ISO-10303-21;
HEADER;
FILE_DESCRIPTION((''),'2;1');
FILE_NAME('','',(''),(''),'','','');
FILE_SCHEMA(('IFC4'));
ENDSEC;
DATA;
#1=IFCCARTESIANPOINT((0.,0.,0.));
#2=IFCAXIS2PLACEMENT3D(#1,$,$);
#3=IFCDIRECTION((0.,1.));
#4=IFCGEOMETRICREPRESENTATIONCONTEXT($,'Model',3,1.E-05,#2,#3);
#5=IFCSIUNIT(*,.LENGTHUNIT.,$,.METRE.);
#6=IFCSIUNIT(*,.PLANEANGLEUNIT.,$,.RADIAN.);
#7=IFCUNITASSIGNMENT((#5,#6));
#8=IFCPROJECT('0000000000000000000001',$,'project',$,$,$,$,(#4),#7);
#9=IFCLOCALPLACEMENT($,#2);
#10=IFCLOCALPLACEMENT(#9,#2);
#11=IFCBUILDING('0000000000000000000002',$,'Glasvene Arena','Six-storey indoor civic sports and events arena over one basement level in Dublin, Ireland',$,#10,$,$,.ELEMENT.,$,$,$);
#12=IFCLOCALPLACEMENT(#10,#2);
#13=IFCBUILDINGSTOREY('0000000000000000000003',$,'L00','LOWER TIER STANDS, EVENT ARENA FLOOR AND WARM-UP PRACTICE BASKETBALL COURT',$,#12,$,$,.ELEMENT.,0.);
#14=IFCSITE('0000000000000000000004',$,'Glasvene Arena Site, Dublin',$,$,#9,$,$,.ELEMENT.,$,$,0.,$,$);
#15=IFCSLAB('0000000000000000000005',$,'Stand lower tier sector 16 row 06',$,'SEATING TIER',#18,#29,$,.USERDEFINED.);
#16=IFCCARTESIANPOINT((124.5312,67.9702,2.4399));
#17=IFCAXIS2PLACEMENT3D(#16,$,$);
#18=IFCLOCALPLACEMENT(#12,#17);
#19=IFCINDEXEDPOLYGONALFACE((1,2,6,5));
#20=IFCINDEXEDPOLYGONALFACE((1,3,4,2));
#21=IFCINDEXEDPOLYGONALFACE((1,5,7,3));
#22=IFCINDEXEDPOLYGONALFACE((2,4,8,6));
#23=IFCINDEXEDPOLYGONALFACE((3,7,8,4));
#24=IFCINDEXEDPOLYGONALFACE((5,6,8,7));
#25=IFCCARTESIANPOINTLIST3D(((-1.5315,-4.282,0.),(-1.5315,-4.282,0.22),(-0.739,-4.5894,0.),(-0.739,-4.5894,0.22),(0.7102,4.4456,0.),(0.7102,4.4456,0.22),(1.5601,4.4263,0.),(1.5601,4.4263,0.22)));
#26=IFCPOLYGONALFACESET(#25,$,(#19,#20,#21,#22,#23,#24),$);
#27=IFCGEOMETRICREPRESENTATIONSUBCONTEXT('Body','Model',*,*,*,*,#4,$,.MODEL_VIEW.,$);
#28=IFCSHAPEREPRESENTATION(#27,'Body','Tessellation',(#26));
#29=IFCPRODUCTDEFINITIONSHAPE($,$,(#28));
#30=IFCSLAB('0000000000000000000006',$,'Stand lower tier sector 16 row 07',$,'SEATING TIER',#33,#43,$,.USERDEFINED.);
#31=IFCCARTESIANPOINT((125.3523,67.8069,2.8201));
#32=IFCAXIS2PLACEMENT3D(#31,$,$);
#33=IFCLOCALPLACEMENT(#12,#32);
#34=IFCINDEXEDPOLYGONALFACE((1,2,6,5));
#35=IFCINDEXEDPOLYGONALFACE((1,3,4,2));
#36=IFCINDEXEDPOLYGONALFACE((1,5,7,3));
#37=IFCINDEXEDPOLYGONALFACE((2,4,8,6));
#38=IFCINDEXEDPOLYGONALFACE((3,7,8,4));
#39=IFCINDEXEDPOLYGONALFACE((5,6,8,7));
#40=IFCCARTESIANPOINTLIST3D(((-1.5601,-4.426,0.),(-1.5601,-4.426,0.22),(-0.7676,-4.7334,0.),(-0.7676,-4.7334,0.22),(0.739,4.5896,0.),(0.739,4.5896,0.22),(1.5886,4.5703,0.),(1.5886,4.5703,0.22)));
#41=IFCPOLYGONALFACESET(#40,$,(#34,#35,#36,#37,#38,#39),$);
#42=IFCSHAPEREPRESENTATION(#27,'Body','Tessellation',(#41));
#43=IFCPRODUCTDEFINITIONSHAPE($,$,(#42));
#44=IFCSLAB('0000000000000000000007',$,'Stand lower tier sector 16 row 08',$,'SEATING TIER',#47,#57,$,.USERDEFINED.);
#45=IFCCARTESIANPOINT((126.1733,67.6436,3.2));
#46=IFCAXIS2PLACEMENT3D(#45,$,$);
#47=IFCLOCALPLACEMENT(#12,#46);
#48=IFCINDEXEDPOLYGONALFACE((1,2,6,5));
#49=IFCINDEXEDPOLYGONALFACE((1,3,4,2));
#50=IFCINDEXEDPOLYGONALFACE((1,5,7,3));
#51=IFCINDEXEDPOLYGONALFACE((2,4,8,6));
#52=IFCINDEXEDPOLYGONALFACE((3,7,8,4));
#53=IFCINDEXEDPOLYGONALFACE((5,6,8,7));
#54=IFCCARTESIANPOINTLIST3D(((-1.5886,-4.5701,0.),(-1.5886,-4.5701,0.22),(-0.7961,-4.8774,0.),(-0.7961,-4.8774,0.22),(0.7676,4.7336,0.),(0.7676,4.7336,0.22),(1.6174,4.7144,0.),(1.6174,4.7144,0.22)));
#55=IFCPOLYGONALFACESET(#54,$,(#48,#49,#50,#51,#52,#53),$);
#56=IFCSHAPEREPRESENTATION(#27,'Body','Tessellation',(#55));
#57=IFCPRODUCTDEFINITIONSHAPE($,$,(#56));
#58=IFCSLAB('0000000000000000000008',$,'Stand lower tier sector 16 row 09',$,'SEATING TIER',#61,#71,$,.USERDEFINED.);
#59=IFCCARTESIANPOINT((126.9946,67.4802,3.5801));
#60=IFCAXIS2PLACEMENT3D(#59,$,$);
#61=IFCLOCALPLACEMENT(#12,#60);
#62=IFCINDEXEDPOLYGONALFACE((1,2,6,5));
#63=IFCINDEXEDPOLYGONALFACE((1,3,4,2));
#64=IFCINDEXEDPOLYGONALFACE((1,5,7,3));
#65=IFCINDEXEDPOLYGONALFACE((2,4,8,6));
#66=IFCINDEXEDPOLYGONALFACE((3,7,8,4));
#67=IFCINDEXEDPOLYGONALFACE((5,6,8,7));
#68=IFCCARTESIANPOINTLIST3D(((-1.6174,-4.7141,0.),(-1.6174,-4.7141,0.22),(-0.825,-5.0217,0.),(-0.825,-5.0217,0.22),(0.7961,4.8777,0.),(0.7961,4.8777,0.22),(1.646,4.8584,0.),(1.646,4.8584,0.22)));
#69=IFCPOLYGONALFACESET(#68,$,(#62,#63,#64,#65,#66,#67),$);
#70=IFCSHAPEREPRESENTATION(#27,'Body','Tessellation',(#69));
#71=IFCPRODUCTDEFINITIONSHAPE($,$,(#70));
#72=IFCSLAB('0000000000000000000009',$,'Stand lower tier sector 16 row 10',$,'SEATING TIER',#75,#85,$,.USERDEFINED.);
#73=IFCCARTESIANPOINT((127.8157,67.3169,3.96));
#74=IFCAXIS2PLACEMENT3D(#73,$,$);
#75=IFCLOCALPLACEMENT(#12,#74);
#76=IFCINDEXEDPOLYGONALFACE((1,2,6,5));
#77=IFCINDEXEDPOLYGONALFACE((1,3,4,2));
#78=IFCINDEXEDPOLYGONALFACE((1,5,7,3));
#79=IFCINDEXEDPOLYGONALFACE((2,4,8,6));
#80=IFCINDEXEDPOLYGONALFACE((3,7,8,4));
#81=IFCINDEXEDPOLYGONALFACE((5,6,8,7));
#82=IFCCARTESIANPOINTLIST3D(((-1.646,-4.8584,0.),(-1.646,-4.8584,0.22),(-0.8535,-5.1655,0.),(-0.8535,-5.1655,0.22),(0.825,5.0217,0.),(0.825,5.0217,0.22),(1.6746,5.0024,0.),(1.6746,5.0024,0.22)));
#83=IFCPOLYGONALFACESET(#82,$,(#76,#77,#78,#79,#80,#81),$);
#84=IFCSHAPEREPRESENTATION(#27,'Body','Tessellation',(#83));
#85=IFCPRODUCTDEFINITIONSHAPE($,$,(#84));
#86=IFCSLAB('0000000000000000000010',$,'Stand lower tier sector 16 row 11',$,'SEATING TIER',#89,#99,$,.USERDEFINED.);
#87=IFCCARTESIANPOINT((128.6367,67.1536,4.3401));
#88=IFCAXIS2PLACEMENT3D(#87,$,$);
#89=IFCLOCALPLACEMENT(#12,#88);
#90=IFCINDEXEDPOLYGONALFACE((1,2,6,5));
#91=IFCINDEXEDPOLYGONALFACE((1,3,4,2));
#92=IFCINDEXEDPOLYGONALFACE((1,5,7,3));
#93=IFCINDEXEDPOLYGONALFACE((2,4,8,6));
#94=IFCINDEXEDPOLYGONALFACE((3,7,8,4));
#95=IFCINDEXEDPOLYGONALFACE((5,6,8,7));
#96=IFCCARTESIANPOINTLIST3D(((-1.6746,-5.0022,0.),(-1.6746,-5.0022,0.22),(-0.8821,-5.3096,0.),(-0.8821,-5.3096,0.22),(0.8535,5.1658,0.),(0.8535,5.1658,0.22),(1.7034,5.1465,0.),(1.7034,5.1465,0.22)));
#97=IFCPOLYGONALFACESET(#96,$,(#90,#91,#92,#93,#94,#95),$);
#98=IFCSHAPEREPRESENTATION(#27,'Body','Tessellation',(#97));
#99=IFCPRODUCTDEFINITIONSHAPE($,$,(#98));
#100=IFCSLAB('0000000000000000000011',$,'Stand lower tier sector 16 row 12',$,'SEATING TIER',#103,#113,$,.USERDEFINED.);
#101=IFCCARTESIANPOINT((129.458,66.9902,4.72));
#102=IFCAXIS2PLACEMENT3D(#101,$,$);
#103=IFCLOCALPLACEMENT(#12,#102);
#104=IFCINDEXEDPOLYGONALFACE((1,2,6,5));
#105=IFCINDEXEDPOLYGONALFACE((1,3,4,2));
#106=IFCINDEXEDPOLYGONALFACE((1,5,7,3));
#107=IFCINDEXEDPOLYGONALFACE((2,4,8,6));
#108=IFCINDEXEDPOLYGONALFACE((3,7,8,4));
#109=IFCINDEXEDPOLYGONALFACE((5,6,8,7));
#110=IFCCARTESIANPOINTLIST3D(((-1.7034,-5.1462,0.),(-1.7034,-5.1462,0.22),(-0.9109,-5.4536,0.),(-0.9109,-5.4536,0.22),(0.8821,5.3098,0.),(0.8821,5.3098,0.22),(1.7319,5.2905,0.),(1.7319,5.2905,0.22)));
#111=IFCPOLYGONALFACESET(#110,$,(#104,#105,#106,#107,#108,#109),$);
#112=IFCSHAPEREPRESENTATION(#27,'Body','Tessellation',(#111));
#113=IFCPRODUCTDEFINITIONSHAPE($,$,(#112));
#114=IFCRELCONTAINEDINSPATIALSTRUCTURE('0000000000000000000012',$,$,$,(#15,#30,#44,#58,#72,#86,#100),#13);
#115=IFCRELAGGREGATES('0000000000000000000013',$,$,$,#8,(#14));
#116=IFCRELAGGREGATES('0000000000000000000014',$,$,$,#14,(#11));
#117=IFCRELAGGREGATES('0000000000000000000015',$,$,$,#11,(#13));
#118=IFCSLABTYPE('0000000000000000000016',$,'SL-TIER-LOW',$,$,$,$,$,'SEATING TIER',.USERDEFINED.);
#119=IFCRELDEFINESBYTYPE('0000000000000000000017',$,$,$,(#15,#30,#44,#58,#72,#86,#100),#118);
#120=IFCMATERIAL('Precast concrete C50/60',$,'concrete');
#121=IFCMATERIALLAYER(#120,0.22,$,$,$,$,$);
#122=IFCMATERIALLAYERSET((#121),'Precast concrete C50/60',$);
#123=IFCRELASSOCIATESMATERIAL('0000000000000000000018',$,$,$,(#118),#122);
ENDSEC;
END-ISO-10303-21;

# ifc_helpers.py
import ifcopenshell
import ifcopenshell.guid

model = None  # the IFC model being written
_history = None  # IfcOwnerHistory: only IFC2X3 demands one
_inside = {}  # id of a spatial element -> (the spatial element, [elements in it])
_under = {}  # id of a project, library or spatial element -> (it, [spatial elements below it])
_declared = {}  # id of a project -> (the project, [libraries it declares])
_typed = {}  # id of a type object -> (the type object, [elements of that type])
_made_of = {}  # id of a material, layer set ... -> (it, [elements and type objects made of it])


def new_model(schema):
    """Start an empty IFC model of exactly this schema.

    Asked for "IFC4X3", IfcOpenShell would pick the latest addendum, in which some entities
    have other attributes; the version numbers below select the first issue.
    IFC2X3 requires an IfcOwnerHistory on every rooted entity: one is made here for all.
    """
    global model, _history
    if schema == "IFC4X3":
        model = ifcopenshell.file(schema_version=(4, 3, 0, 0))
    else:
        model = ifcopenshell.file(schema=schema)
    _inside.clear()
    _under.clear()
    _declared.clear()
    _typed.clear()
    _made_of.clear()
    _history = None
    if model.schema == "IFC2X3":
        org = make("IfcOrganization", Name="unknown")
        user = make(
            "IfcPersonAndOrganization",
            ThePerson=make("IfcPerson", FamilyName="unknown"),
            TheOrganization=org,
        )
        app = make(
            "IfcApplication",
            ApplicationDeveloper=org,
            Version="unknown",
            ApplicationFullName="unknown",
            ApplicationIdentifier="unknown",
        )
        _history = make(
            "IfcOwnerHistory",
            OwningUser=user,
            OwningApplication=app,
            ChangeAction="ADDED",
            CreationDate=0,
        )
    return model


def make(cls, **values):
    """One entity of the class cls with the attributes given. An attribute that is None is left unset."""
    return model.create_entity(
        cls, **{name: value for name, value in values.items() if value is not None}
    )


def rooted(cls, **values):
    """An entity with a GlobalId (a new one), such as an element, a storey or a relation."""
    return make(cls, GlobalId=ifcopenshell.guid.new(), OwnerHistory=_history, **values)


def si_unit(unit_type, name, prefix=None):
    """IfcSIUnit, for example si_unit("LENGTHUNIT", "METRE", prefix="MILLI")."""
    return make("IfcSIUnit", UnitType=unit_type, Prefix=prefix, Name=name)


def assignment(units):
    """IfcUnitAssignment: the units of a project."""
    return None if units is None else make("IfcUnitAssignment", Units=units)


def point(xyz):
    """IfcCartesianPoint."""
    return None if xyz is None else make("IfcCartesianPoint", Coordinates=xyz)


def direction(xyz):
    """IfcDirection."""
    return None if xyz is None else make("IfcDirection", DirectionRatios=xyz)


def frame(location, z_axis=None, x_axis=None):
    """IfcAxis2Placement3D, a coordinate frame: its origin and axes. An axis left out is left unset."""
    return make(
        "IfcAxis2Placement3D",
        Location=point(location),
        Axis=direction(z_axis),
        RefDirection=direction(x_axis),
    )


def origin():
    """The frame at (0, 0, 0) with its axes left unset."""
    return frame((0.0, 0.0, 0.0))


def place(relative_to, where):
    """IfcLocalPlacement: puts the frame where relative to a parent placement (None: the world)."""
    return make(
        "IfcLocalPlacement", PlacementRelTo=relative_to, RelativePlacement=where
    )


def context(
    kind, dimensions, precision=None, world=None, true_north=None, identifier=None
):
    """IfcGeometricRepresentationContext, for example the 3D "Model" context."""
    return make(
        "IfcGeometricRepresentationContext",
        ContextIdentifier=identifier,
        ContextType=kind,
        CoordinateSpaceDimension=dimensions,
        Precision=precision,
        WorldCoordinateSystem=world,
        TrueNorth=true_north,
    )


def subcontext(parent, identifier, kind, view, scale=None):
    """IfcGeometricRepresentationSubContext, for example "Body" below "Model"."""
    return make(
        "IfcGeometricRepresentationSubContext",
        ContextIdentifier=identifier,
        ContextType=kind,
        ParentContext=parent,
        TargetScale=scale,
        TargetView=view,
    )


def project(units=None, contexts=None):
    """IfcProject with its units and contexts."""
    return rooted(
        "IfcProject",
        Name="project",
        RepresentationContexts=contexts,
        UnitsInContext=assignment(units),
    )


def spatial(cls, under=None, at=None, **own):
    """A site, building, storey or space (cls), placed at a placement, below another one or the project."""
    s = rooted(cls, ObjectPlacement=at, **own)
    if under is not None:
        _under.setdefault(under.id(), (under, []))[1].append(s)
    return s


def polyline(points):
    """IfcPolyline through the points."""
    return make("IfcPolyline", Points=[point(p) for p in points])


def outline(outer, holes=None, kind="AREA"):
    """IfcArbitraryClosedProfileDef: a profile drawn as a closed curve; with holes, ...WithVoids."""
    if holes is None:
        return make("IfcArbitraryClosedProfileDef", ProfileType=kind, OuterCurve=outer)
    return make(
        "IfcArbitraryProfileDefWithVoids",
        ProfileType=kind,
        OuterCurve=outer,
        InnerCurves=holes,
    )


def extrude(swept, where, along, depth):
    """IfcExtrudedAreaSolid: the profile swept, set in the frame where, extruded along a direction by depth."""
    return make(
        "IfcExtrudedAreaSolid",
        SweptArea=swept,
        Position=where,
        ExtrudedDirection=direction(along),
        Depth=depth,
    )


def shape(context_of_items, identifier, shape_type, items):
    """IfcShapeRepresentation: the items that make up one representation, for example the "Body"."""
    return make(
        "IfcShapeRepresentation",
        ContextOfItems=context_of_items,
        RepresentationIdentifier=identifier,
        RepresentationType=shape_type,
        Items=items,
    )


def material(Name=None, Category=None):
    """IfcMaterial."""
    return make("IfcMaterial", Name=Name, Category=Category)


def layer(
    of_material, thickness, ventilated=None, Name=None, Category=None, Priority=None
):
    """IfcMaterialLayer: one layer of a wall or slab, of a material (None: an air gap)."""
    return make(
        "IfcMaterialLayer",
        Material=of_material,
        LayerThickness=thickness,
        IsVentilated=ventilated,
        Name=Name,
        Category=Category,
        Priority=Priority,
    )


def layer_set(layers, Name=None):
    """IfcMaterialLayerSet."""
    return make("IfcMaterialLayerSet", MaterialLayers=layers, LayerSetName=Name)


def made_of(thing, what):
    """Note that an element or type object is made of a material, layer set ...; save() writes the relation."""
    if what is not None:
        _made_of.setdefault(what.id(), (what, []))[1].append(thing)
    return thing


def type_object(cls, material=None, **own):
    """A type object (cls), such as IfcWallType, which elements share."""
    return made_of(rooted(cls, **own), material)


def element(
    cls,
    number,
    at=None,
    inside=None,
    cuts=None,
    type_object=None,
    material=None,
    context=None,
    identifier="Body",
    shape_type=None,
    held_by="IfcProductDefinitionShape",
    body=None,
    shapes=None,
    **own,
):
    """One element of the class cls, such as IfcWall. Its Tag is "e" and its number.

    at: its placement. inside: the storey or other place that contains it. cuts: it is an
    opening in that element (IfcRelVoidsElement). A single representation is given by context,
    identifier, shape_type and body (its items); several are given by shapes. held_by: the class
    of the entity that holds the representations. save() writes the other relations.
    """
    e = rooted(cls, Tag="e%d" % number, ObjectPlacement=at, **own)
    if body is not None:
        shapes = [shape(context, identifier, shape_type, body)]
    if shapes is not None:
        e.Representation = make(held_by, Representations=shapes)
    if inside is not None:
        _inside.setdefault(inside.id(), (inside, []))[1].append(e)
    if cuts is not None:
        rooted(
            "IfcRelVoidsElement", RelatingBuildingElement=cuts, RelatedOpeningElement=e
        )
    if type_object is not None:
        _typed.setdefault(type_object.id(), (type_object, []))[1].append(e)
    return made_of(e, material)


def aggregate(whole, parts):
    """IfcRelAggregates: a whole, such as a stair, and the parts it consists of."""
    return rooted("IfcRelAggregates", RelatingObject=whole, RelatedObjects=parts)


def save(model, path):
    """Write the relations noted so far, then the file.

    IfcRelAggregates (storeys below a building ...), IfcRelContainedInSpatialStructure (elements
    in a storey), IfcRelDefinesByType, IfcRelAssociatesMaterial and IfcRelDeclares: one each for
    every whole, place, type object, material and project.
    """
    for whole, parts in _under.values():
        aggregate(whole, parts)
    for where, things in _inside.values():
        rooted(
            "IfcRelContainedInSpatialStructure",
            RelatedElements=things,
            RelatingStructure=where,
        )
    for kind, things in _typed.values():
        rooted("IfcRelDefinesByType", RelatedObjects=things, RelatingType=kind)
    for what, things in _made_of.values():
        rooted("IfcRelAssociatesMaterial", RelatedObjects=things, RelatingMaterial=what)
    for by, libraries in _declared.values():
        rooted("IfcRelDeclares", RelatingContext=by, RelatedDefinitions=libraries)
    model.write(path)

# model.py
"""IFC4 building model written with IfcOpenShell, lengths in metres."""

from ifc_helpers import new_model, si_unit, direction, frame, origin, place, context, subcontext, project, spatial, polyline, outline, extrude, material, layer, layer_set, type_object, element, save


model = new_model("IFC4")

# Units and contexts
model_context = context("Model", 3, precision=1e-05, world=origin(), true_north=direction((0.0, 1.0)))
body_context = subcontext(model_context, "Body", "Model", "MODEL_VIEW")
ifc_project = project(units=[si_unit("LENGTHUNIT", "METRE"), si_unit("PLANEANGLEUNIT", "RADIAN")], contexts=[model_context])

# Site, building, storey
site_placement = place(None, origin())
site = spatial("IfcSite", under=ifc_project, at=site_placement, Name="Glasvene Arena Site, Dublin", CompositionType="ELEMENT", RefElevation=0.0)
building_placement = place(site_placement, origin())
building = spatial("IfcBuilding", under=site, at=building_placement, Name="Glasvene Arena", Description="Six-storey indoor civic sports and events arena over one basement level in Dublin, Ireland", CompositionType="ELEMENT")
storey_placement = place(building_placement, origin())
storey = spatial("IfcBuildingStorey", under=building, at=storey_placement, Name="L00", Description="LOWER TIER STANDS, EVENT ARENA FLOOR AND WARM-UP PRACTICE BASKETBALL COURT", CompositionType="ELEMENT", Elevation=0.0)

# Shared definitions
ifc_material_1 = material(Name="Precast concrete C50/60", Category="concrete")

# Slabs
ifc_layer = layer(ifc_material_1, 0.22)
ifc_layer_set = layer_set([ifc_layer], Name="Precast concrete C50/60")
slab_type = type_object("IfcSlabType", Name="SL-TIER-LOW", ElementType="SEATING TIER", PredefinedType="USERDEFINED", material=ifc_layer_set)
slab_1_placement = place(storey_placement, frame((124.5312, 67.9702, 2.4399)))
element("IfcSlab", 1, at=slab_1_placement, inside=storey, type_object=slab_type, Name="Stand lower tier sector 16 row 06", ObjectType="SEATING TIER", PredefinedType="USERDEFINED", context=body_context, shape_type="SweptSolid", body=[
    extrude(outline(polyline([(-1.5315, -4.282), (0.7102, 4.4456), (1.5601, 4.4263), (-0.739, -4.5894), (-1.5315, -4.282)])), origin(), (0.0, 0.0, 1.0), 0.22),
])
slab_2_placement = place(storey_placement, frame((125.3523, 67.8069, 2.8201)))
element("IfcSlab", 2, at=slab_2_placement, inside=storey, type_object=slab_type, Name="Stand lower tier sector 16 row 07", ObjectType="SEATING TIER", PredefinedType="USERDEFINED", context=body_context, shape_type="SweptSolid", body=[
    extrude(outline(polyline([(-1.5601, -4.426), (0.739, 4.5896), (1.5886, 4.5703), (-0.7676, -4.7334), (-1.5601, -4.426)])), origin(), (0.0, 0.0, 1.0), 0.22),
])
slab_3_placement = place(storey_placement, frame((126.1733, 67.6436, 3.2)))
element("IfcSlab", 3, at=slab_3_placement, inside=storey, type_object=slab_type, Name="Stand lower tier sector 16 row 08", ObjectType="SEATING TIER", PredefinedType="USERDEFINED", context=body_context, shape_type="SweptSolid", body=[
    extrude(outline(polyline([(-1.5886, -4.5701), (0.7676, 4.7336), (1.6174, 4.7144), (-0.7961, -4.8774), (-1.5886, -4.5701)])), origin(), (0.0, 0.0, 1.0), 0.22),
])
slab_4_placement = place(storey_placement, frame((126.9946, 67.4802, 3.5801)))
element("IfcSlab", 4, at=slab_4_placement, inside=storey, type_object=slab_type, Name="Stand lower tier sector 16 row 09", ObjectType="SEATING TIER", PredefinedType="USERDEFINED", context=body_context, shape_type="SweptSolid", body=[
    extrude(outline(polyline([(-1.6174, -4.7141), (0.7961, 4.8777), (1.646, 4.8584), (-0.825, -5.0217), (-1.6174, -4.7141)])), origin(), (0.0, 0.0, 1.0), 0.22),
])
slab_5_placement = place(storey_placement, frame((127.8157, 67.3169, 3.96)))
element("IfcSlab", 5, at=slab_5_placement, inside=storey, type_object=slab_type, Name="Stand lower tier sector 16 row 10", ObjectType="SEATING TIER", PredefinedType="USERDEFINED", context=body_context, shape_type="SweptSolid", body=[
    extrude(outline(polyline([(-1.646, -4.8584), (0.825, 5.0217), (1.6746, 5.0024), (-0.8535, -5.1655), (-1.646, -4.8584)])), origin(), (0.0, 0.0, 1.0), 0.22),
])
slab_6_placement = place(storey_placement, frame((128.6367, 67.1536, 4.3401)))
element("IfcSlab", 6, at=slab_6_placement, inside=storey, type_object=slab_type, Name="Stand lower tier sector 16 row 11", ObjectType="SEATING TIER", PredefinedType="USERDEFINED", context=body_context, shape_type="SweptSolid", body=[
    extrude(outline(polyline([(-1.6746, -5.0022), (0.8535, 5.1658), (1.7034, 5.1465), (-0.8821, -5.3096), (-1.6746, -5.0022)])), origin(), (0.0, 0.0, 1.0), 0.22),
])
slab_7_placement = place(storey_placement, frame((129.458, 66.9902, 4.72)))
element("IfcSlab", 7, at=slab_7_placement, inside=storey, type_object=slab_type, Name="Stand lower tier sector 16 row 12", ObjectType="SEATING TIER", PredefinedType="USERDEFINED", context=body_context, shape_type="SweptSolid", body=[
    extrude(outline(polyline([(-1.7034, -5.1462), (0.8821, 5.3098), (1.7319, 5.2905), (-0.9109, -5.4536), (-1.7034, -5.1462)])), origin(), (0.0, 0.0, 1.0), 0.22),
])

save(model, "model.ifc")
